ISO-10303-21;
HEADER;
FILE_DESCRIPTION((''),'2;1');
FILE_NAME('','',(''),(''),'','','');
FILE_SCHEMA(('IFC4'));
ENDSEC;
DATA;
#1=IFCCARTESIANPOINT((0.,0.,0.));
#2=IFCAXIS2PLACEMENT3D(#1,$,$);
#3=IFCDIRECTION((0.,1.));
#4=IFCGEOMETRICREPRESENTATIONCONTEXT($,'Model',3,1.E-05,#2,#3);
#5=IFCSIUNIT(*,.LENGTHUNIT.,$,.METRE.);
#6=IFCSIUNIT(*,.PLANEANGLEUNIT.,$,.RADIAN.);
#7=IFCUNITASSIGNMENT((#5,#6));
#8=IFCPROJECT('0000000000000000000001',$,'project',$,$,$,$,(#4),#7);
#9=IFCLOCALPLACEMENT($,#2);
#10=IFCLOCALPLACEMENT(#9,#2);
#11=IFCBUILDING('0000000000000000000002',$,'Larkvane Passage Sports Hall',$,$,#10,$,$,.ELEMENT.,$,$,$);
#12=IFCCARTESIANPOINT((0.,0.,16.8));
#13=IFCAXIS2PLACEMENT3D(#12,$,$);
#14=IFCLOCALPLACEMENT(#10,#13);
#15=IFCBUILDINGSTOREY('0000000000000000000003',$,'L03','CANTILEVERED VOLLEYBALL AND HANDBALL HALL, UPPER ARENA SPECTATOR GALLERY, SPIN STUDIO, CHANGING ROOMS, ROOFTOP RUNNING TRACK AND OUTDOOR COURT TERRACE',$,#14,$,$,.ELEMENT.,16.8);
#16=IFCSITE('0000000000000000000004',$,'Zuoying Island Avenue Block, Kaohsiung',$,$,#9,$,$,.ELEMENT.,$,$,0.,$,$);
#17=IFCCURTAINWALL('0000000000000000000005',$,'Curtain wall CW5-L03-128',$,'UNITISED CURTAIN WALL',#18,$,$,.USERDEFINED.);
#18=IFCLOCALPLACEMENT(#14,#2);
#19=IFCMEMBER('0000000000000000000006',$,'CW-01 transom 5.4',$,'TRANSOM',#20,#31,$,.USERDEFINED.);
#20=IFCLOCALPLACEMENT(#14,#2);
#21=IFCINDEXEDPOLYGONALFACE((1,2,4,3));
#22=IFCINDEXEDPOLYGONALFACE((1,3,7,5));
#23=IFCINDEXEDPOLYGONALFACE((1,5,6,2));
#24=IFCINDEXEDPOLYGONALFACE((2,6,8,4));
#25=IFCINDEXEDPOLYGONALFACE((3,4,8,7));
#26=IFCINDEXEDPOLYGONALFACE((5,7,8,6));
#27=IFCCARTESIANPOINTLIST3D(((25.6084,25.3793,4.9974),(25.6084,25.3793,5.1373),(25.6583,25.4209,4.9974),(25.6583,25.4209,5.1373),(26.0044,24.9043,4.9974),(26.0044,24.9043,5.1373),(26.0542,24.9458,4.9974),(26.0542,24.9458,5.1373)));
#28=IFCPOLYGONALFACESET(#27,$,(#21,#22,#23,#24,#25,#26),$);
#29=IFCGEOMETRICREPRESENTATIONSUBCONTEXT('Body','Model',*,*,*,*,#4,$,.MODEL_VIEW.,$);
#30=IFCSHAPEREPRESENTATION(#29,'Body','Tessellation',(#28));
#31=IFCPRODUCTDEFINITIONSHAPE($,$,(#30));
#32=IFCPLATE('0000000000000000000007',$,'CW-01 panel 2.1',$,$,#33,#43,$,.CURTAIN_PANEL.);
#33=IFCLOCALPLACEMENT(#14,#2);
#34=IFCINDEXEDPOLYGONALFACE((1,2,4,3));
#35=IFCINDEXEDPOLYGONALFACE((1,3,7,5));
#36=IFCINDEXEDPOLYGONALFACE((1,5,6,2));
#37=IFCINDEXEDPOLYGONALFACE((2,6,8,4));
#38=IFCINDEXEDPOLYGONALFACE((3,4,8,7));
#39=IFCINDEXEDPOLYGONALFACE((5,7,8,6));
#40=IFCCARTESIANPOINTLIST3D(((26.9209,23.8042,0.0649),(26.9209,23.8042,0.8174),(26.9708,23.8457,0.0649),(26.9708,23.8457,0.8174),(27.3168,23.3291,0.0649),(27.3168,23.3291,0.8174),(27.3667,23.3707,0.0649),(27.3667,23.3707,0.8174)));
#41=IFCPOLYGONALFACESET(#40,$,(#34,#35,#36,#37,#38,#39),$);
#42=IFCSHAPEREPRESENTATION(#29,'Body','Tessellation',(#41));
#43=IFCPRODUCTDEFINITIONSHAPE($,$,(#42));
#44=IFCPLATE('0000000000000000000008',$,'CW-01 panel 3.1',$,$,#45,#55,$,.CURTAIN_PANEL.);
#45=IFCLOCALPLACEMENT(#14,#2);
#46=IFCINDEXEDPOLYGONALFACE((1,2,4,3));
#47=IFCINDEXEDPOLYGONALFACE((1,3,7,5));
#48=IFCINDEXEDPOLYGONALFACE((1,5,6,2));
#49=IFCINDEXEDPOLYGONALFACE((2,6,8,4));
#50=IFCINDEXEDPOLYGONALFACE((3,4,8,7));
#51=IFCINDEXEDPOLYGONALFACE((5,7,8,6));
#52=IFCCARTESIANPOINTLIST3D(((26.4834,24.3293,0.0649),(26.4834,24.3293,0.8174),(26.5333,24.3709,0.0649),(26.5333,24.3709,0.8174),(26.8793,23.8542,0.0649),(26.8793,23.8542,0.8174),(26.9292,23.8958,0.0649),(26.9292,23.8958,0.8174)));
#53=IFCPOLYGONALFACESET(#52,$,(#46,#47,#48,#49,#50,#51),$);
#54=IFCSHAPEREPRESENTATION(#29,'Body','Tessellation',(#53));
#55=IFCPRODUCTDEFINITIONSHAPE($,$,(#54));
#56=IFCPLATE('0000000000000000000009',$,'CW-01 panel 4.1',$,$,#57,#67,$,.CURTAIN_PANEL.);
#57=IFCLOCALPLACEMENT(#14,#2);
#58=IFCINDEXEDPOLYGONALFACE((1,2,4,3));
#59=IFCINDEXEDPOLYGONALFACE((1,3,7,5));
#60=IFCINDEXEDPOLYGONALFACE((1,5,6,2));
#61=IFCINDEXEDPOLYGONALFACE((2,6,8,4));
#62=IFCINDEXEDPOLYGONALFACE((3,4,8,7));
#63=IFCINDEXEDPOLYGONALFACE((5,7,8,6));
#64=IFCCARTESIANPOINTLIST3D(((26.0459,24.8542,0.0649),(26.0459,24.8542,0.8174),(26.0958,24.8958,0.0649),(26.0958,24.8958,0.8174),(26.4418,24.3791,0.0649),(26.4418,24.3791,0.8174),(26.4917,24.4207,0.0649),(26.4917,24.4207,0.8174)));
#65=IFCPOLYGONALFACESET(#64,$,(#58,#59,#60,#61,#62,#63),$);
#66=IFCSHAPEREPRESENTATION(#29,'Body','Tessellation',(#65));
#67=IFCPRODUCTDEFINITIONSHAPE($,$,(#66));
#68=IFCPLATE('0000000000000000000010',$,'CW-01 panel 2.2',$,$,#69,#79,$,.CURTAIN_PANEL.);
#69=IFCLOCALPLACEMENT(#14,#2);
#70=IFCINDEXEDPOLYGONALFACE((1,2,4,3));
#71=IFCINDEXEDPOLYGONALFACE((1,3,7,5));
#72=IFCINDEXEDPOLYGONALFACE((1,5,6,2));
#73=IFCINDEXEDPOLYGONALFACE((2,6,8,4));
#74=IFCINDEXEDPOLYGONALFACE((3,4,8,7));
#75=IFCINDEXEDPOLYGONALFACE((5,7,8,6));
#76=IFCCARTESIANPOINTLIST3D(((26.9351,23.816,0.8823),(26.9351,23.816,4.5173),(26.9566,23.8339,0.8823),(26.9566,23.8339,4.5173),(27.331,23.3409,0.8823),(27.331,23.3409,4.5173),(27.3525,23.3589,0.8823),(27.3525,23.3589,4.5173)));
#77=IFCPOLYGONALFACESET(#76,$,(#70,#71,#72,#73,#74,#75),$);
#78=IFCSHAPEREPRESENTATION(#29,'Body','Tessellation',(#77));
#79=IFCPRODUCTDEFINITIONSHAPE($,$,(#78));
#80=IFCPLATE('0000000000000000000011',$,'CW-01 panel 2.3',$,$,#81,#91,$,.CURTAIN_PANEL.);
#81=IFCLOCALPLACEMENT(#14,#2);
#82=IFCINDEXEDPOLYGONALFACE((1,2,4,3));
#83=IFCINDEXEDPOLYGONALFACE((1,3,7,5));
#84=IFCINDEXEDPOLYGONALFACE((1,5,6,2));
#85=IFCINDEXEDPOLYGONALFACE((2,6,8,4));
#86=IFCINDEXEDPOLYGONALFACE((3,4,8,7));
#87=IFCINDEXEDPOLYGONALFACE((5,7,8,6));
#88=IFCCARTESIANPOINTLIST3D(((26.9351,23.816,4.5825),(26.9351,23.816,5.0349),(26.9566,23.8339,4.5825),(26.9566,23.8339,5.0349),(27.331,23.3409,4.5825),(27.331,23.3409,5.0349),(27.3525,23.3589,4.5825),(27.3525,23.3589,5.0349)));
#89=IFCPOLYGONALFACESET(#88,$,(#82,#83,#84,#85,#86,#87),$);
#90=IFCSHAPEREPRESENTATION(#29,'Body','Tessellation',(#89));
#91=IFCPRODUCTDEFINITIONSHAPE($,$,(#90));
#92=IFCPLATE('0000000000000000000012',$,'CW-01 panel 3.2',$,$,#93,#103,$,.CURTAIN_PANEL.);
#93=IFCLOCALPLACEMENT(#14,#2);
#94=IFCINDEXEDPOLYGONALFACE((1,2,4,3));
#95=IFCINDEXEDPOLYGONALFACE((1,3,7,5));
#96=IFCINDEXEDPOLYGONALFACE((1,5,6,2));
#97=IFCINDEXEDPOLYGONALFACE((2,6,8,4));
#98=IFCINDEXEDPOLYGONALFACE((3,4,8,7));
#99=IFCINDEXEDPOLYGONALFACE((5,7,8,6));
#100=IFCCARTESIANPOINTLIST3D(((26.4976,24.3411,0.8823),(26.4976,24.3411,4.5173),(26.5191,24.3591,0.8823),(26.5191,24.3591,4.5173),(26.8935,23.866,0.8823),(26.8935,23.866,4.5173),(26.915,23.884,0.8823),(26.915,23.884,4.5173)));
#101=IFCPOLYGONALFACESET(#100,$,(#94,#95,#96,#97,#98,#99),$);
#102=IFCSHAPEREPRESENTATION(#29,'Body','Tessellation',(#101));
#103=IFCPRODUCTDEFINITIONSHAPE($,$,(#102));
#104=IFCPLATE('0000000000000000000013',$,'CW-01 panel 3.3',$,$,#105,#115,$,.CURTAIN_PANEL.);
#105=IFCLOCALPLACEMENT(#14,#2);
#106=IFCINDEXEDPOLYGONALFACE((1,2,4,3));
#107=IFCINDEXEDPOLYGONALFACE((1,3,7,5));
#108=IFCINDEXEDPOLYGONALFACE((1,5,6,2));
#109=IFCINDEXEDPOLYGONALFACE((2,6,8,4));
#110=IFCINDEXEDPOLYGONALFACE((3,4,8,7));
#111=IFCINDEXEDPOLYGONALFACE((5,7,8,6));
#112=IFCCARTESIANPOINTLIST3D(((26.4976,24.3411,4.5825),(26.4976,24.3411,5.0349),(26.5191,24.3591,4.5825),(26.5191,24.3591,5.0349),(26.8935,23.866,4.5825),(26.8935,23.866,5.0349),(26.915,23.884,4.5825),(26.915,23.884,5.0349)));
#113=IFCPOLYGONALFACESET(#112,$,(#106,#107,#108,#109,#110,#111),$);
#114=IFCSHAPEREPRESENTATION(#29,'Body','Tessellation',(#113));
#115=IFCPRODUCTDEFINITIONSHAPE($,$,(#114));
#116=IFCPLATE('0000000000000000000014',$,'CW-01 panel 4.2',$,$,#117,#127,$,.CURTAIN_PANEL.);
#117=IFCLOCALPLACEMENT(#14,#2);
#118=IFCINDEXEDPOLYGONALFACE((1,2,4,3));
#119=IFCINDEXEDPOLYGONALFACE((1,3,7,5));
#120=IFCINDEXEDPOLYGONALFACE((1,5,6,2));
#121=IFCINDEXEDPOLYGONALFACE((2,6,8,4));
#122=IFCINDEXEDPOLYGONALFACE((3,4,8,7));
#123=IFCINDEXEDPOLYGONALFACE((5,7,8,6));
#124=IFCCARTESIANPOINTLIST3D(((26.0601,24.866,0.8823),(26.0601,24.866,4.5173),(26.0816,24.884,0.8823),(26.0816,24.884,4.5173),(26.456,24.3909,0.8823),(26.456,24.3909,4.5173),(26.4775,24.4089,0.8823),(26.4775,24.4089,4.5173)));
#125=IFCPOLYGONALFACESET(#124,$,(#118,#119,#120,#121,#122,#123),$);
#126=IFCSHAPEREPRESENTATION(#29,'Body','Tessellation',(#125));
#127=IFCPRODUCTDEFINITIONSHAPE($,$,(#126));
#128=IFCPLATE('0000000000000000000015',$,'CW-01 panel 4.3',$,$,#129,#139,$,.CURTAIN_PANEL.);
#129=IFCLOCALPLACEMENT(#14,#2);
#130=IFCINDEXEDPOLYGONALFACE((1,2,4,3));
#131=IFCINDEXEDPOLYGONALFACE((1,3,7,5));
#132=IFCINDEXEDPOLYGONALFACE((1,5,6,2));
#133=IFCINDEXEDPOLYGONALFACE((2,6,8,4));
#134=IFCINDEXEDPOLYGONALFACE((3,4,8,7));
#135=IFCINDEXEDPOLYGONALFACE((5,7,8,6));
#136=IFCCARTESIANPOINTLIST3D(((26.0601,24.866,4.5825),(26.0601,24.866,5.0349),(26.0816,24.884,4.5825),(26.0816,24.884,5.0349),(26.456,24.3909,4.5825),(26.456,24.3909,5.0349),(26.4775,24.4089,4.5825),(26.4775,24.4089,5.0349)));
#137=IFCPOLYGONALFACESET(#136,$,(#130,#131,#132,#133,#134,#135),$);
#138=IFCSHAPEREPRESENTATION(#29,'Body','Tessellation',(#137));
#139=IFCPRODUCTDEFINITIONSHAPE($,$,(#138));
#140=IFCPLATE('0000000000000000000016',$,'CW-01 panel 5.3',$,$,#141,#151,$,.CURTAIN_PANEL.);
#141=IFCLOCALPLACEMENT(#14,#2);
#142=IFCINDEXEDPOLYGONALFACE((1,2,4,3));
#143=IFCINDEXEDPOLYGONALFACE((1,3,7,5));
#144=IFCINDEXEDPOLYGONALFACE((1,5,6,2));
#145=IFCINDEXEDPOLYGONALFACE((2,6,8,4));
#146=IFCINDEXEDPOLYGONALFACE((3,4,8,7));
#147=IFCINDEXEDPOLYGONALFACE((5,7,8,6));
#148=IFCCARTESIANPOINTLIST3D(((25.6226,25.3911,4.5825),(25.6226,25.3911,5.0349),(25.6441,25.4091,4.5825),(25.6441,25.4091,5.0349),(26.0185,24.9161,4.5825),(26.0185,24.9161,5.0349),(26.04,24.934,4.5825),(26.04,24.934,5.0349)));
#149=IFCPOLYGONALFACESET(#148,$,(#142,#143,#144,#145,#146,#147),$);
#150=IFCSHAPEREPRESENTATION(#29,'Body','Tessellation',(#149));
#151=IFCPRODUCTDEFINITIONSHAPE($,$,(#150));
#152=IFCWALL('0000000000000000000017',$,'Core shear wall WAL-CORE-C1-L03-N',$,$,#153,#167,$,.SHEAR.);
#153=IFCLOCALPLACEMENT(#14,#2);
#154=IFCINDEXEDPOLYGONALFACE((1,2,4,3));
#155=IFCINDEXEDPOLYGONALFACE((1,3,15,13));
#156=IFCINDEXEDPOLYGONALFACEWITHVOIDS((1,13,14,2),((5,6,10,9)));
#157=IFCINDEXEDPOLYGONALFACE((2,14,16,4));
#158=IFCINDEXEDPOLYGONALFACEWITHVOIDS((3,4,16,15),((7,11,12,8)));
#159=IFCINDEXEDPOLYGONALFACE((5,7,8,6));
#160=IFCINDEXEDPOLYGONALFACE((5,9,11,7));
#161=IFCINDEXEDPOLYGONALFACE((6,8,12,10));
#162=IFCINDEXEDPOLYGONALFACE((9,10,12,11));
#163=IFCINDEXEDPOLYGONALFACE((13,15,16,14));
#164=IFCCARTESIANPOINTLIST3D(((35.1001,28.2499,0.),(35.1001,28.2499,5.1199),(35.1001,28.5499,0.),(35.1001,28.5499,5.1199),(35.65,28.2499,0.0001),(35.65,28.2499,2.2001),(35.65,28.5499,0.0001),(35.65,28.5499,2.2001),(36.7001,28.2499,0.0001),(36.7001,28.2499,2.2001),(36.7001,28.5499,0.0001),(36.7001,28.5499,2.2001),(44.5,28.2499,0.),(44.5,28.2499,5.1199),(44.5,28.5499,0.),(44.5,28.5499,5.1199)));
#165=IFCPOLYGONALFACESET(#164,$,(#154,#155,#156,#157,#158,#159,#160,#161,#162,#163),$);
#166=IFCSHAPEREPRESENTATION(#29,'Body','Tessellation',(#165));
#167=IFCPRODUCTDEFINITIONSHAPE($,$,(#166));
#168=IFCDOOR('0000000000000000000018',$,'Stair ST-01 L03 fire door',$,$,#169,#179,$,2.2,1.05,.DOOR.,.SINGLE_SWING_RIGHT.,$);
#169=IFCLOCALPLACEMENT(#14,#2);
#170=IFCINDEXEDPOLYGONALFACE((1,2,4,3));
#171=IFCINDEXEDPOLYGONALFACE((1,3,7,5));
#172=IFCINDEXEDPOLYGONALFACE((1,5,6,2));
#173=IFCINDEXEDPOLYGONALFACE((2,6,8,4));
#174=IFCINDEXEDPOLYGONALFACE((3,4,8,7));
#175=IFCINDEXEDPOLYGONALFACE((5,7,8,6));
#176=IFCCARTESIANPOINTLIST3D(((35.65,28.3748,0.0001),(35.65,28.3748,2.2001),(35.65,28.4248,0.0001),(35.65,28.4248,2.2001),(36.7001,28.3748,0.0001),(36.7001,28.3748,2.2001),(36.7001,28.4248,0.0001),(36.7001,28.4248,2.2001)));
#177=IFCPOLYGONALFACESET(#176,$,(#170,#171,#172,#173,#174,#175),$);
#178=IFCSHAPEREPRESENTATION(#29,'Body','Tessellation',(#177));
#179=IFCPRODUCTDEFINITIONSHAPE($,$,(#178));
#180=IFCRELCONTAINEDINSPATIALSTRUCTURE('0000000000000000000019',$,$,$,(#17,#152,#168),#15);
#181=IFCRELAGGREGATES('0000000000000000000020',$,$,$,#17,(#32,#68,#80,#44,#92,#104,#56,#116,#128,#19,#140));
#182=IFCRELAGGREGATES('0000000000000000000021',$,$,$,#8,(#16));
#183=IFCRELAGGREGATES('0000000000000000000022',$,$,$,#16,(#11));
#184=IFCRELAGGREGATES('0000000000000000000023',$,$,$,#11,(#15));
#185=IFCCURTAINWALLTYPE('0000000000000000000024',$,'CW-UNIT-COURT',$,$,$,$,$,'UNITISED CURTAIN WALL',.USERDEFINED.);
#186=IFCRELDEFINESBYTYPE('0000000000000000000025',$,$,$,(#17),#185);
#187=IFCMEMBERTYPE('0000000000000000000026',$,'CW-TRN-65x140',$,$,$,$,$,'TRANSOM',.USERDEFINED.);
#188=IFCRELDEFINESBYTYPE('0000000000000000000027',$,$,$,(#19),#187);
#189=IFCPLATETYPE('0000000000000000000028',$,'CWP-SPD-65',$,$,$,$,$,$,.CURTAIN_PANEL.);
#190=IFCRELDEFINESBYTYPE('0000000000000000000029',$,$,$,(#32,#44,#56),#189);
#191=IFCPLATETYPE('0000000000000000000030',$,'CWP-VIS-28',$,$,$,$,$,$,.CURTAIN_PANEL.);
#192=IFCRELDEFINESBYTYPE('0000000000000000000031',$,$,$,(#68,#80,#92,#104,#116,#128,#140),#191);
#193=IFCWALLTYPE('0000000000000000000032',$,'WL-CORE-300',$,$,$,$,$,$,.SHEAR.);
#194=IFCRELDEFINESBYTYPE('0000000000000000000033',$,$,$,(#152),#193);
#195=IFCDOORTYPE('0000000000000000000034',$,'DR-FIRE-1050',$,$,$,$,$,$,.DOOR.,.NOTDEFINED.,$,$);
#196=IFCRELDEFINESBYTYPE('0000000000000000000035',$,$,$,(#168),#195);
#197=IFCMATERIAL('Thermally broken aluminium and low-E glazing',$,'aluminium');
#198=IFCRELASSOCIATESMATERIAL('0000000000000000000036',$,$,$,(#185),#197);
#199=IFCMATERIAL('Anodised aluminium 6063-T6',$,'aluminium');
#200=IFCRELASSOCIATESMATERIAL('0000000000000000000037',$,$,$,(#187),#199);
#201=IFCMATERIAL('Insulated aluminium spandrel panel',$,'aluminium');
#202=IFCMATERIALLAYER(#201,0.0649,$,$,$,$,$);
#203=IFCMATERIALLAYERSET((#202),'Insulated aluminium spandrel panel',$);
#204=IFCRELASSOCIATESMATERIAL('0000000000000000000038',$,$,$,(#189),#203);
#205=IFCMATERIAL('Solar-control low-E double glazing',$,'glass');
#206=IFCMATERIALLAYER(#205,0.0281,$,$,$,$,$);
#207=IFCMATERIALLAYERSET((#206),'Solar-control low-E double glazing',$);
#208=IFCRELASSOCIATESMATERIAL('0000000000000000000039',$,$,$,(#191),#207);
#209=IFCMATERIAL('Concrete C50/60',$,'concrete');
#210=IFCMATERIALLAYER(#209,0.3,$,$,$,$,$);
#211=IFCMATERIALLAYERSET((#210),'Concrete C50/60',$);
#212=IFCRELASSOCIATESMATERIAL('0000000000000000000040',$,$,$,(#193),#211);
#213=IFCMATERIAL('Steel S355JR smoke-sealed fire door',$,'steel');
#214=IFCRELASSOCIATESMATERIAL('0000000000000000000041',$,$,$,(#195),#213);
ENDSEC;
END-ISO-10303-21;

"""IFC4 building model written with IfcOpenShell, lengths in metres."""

from ifc_helpers import new_model, si_unit, direction, frame, frame_2d, origin, origin_2d, place, context, subcontext, project, spatial, rectangle, extrude, material, layer, layer_set, material_profile, profile_set, type_object, element, fill, aggregate, save


model = new_model("IFC4")

# Units and contexts
model_context = context("Model", 3, precision=1e-05, world=origin(), true_north=direction((0.0, 1.0)))
body_context = subcontext(model_context, "Body", "Model", "MODEL_VIEW")
ifc_project = project(units=[si_unit("LENGTHUNIT", "METRE"), si_unit("PLANEANGLEUNIT", "RADIAN")], contexts=[model_context])

# Site, building, storey
site_placement = place(None, origin())
site = spatial("IfcSite", under=ifc_project, at=site_placement, Name="Zuoying Island Avenue Block, Kaohsiung", CompositionType="ELEMENT", RefElevation=0.0)
building_placement = place(site_placement, origin())
building = spatial("IfcBuilding", under=site, at=building_placement, Name="Larkvane Passage Sports Hall", CompositionType="ELEMENT")
storey_placement = place(building_placement, frame((0.0, 0.0, 16.8)))
storey = spatial("IfcBuildingStorey", under=building, at=storey_placement, Name="L03", Description="CANTILEVERED VOLLEYBALL AND HANDBALL HALL, UPPER ARENA SPECTATOR GALLERY, SPIN STUDIO, CHANGING ROOMS, ROOFTOP RUNNING TRACK AND OUTDOOR COURT TERRACE", CompositionType="ELEMENT", Elevation=16.8)

# Curtain wall, member, plates
ifc_material_1 = material(Name="Thermally broken aluminium and low-E glazing", Category="aluminium")
curtain_wall_type = type_object("IfcCurtainWallType", Name="CW-UNIT-COURT", ElementType="UNITISED CURTAIN WALL", PredefinedType="USERDEFINED", material=ifc_material_1)
curtain_wall_placement = place(storey_placement, origin())
curtain_wall = element("IfcCurtainWall", 1, at=curtain_wall_placement, inside=storey, type_object=curtain_wall_type, Name="Curtain wall CW5-L03-128", ObjectType="UNITISED CURTAIN WALL", PredefinedType="USERDEFINED")
ifc_material_2 = material(Name="Anodised aluminium 6063-T6", Category="aluminium")
ifc_material_profile_1 = material_profile(ifc_material_2, rectangle(XDim=0.0649, YDim=0.1399, at=origin_2d()), Name="ALU-TRN-65x140")
ifc_profile_set_1 = profile_set([ifc_material_profile_1], Name="Anodised aluminium 6063-T6")
member_type_1 = type_object("IfcMemberType", Name="CW-TRN-65x140", ElementType="TRANSOM", PredefinedType="USERDEFINED", material=ifc_profile_set_1)
member_1_placement = place(storey_placement, frame((26.0293, 24.925, 5.0674), z_axis=(-0.640262, 0.768157, 0.0), x_axis=(-0.768157, -0.640262, 0.0)))
member_1 = element("IfcMember", 2, at=member_1_placement, type_object=member_type_1, Name="CW-01 transom 5.4", ObjectType="TRANSOM", PredefinedType="USERDEFINED", context=body_context, shape_type="SweptSolid", body=[
    extrude(rectangle(XDim=0.0649, YDim=0.1399, at=origin_2d()), origin(), (0.0, 0.0, 1.0), 0.6184),
])
ifc_material_3 = material(Name="Insulated aluminium spandrel panel", Category="aluminium")
ifc_layer_1 = layer(ifc_material_3, 0.0649)
ifc_layer_set_1 = layer_set([ifc_layer_1], Name="Insulated aluminium spandrel panel")
plate_type_1 = type_object("IfcPlateType", Name="CWP-SPD-65", PredefinedType="CURTAIN_PANEL", material=ifc_layer_set_1)
plate_1_placement = place(storey_placement, frame((27.1438, 23.5874, 0.0649), z_axis=(0.0, 0.0, 1.0), x_axis=(-0.640184, 0.768221, 0.0)))
plate_1 = element("IfcPlate", 3, at=plate_1_placement, type_object=plate_type_1, Name="CW-01 panel 2.1", PredefinedType="CURTAIN_PANEL", context=body_context, shape_type="SweptSolid", body=[
    extrude(rectangle(XDim=0.6184, YDim=0.0649, at=origin_2d()), origin(), (0.0, 0.0, 1.0), 0.7524),
])
plate_2_placement = place(storey_placement, frame((26.7063, 24.1125, 0.0649), z_axis=(0.0, 0.0, 1.0), x_axis=(-0.640184, 0.768221, 0.0)))
plate_2 = element("IfcPlate", 4, at=plate_2_placement, type_object=plate_type_1, Name="CW-01 panel 3.1", PredefinedType="CURTAIN_PANEL", context=body_context, shape_type="SweptSolid", body=[
    extrude(rectangle(XDim=0.6184, YDim=0.0649, at=origin_2d()), origin(), (0.0, 0.0, 1.0), 0.7524),
])
plate_3_placement = place(storey_placement, frame((26.2688, 24.6375, 0.0649), z_axis=(0.0, 0.0, 1.0), x_axis=(-0.640184, 0.768221, 0.0)))
plate_3 = element("IfcPlate", 5, at=plate_3_placement, type_object=plate_type_1, Name="CW-01 panel 4.1", PredefinedType="CURTAIN_PANEL", context=body_context, shape_type="SweptSolid", body=[
    extrude(rectangle(XDim=0.6184, YDim=0.0649, at=origin_2d()), origin(), (0.0, 0.0, 1.0), 0.7524),
])
ifc_material_4 = material(Name="Solar-control low-E double glazing", Category="glass")
ifc_layer_2 = layer(ifc_material_4, 0.0281)
ifc_layer_set_2 = layer_set([ifc_layer_2], Name="Solar-control low-E double glazing")
plate_type_2 = type_object("IfcPlateType", Name="CWP-VIS-28", PredefinedType="CURTAIN_PANEL", material=ifc_layer_set_2)
plate_4_placement = place(storey_placement, frame((27.1438, 23.5874, 0.8823), z_axis=(0.0, 0.0, 1.0), x_axis=(-0.640184, 0.768221, 0.0)))
plate_4 = element("IfcPlate", 6, at=plate_4_placement, type_object=plate_type_2, Name="CW-01 panel 2.2", PredefinedType="CURTAIN_PANEL", context=body_context, shape_type="SweptSolid", body=[
    extrude(rectangle(XDim=0.6184, YDim=0.0281, at=origin_2d()), origin(), (0.0, 0.0, 1.0), 3.635),
])
plate_5_placement = place(storey_placement, frame((27.1438, 23.5874, 4.5825), z_axis=(0.0, 0.0, 1.0), x_axis=(-0.640184, 0.768221, 0.0)))
plate_5 = element("IfcPlate", 7, at=plate_5_placement, type_object=plate_type_2, Name="CW-01 panel 2.3", PredefinedType="CURTAIN_PANEL", context=body_context, shape_type="SweptSolid", body=[
    extrude(rectangle(XDim=0.6184, YDim=0.0281, at=origin_2d()), origin(), (0.0, 0.0, 1.0), 0.4524),
])
plate_6_placement = place(storey_placement, frame((26.7063, 24.1125, 0.8823), z_axis=(0.0, 0.0, 1.0), x_axis=(-0.640184, 0.768221, 0.0)))
plate_6 = element("IfcPlate", 8, at=plate_6_placement, type_object=plate_type_2, Name="CW-01 panel 3.2", PredefinedType="CURTAIN_PANEL", context=body_context, shape_type="SweptSolid", body=[
    extrude(rectangle(XDim=0.6184, YDim=0.0281, at=origin_2d()), origin(), (0.0, 0.0, 1.0), 3.635),
])
plate_7_placement = place(storey_placement, frame((26.7063, 24.1125, 4.5825), z_axis=(0.0, 0.0, 1.0), x_axis=(-0.640184, 0.768221, 0.0)))
plate_7 = element("IfcPlate", 9, at=plate_7_placement, type_object=plate_type_2, Name="CW-01 panel 3.3", PredefinedType="CURTAIN_PANEL", context=body_context, shape_type="SweptSolid", body=[
    extrude(rectangle(XDim=0.6184, YDim=0.0281, at=origin_2d()), origin(), (0.0, 0.0, 1.0), 0.4524),
])
plate_8_placement = place(storey_placement, frame((26.2688, 24.6375, 0.8823), z_axis=(0.0, 0.0, 1.0), x_axis=(-0.640184, 0.768221, 0.0)))
plate_8 = element("IfcPlate", 10, at=plate_8_placement, type_object=plate_type_2, Name="CW-01 panel 4.2", PredefinedType="CURTAIN_PANEL", context=body_context, shape_type="SweptSolid", body=[
    extrude(rectangle(XDim=0.6184, YDim=0.0281, at=origin_2d()), origin(), (0.0, 0.0, 1.0), 3.635),
])
plate_9_placement = place(storey_placement, frame((26.2688, 24.6375, 4.5825), z_axis=(0.0, 0.0, 1.0), x_axis=(-0.640184, 0.768221, 0.0)))
plate_9 = element("IfcPlate", 11, at=plate_9_placement, type_object=plate_type_2, Name="CW-01 panel 4.3", PredefinedType="CURTAIN_PANEL", context=body_context, shape_type="SweptSolid", body=[
    extrude(rectangle(XDim=0.6184, YDim=0.0281, at=origin_2d()), origin(), (0.0, 0.0, 1.0), 0.4524),
])
plate_10_placement = place(storey_placement, frame((25.8313, 25.1626, 4.5825), z_axis=(0.0, 0.0, 1.0), x_axis=(-0.640184, 0.768221, 0.0)))
plate_10 = element("IfcPlate", 12, at=plate_10_placement, type_object=plate_type_2, Name="CW-01 panel 5.3", PredefinedType="CURTAIN_PANEL", context=body_context, shape_type="SweptSolid", body=[
    extrude(rectangle(XDim=0.6184, YDim=0.0281, at=origin_2d()), origin(), (0.0, 0.0, 1.0), 0.4524),
])
aggregate(curtain_wall, [plate_1, plate_4, plate_5, plate_2, plate_6, plate_7, plate_3, plate_8, plate_9, member_1, plate_10])

# Wall, opening, door
ifc_material_5 = material(Name="Concrete C50/60", Category="concrete")
ifc_layer_3 = layer(ifc_material_5, 0.3)
ifc_layer_set_3 = layer_set([ifc_layer_3], Name="Concrete C50/60")
wall_type_1 = type_object("IfcWallType", Name="WL-CORE-300", PredefinedType="SHEAR", material=ifc_layer_set_3)
wall_1_placement = place(storey_placement, frame((35.1001, 28.3999, 0.0), z_axis=(0.0, 0.0, 1.0), x_axis=(1.0, 0.0, 0.0)))
wall_1 = element("IfcWall", 13, at=wall_1_placement, inside=storey, type_object=wall_type_1, Name="Core shear wall WAL-CORE-C1-L03-N", PredefinedType="SHEAR", context=body_context, shape_type="SweptSolid", body=[
    extrude(rectangle(XDim=9.3999, YDim=0.3, at=frame_2d((4.7, 0.0))), origin(), (0.0, 0.0, 1.0), 5.1199),
])
opening_1_placement = place(wall_1_placement, frame((0.55, 0.0, 0.0)))
opening_1 = element("IfcOpeningElement", 14, at=opening_1_placement, cuts=wall_1, PredefinedType="OPENING", context=body_context, shape_type="SweptSolid", body=[
    extrude(rectangle(XDim=1.05, YDim=2.2, at=frame_2d((0.5249, 1.1001))), frame((0.0, 0.1599, 0.0), z_axis=(0.0, -1.0, 0.0), x_axis=(1.0, 0.0, 0.0)), (0.0, 0.0, 1.0), 0.3201),
])
ifc_material_6 = material(Name="Steel S355JR smoke-sealed fire door", Category="steel")
door_type_1 = type_object("IfcDoorType", Name="DR-FIRE-1050", OperationType="NOTDEFINED", PredefinedType="DOOR", material=ifc_material_6)
door_1_placement = place(opening_1_placement, origin())
door_1 = element("IfcDoor", 15, at=door_1_placement, inside=storey, type_object=door_type_1, Name="Stair ST-01 L03 fire door", OperationType="SINGLE_SWING_RIGHT", OverallHeight=2.2, OverallWidth=1.05, PredefinedType="DOOR", context=body_context, shape_type="SweptSolid", body=[
    extrude(rectangle(XDim=1.05, YDim=2.2, at=frame_2d((0.5249, 1.1001))), frame((0.0, 0.0249, 0.0), z_axis=(0.0, -1.0, 0.0), x_axis=(1.0, 0.0, 0.0)), (0.0, 0.0, 1.0), 0.05),
])
fill(opening_1, door_1)

save(model, "model.ifc")
